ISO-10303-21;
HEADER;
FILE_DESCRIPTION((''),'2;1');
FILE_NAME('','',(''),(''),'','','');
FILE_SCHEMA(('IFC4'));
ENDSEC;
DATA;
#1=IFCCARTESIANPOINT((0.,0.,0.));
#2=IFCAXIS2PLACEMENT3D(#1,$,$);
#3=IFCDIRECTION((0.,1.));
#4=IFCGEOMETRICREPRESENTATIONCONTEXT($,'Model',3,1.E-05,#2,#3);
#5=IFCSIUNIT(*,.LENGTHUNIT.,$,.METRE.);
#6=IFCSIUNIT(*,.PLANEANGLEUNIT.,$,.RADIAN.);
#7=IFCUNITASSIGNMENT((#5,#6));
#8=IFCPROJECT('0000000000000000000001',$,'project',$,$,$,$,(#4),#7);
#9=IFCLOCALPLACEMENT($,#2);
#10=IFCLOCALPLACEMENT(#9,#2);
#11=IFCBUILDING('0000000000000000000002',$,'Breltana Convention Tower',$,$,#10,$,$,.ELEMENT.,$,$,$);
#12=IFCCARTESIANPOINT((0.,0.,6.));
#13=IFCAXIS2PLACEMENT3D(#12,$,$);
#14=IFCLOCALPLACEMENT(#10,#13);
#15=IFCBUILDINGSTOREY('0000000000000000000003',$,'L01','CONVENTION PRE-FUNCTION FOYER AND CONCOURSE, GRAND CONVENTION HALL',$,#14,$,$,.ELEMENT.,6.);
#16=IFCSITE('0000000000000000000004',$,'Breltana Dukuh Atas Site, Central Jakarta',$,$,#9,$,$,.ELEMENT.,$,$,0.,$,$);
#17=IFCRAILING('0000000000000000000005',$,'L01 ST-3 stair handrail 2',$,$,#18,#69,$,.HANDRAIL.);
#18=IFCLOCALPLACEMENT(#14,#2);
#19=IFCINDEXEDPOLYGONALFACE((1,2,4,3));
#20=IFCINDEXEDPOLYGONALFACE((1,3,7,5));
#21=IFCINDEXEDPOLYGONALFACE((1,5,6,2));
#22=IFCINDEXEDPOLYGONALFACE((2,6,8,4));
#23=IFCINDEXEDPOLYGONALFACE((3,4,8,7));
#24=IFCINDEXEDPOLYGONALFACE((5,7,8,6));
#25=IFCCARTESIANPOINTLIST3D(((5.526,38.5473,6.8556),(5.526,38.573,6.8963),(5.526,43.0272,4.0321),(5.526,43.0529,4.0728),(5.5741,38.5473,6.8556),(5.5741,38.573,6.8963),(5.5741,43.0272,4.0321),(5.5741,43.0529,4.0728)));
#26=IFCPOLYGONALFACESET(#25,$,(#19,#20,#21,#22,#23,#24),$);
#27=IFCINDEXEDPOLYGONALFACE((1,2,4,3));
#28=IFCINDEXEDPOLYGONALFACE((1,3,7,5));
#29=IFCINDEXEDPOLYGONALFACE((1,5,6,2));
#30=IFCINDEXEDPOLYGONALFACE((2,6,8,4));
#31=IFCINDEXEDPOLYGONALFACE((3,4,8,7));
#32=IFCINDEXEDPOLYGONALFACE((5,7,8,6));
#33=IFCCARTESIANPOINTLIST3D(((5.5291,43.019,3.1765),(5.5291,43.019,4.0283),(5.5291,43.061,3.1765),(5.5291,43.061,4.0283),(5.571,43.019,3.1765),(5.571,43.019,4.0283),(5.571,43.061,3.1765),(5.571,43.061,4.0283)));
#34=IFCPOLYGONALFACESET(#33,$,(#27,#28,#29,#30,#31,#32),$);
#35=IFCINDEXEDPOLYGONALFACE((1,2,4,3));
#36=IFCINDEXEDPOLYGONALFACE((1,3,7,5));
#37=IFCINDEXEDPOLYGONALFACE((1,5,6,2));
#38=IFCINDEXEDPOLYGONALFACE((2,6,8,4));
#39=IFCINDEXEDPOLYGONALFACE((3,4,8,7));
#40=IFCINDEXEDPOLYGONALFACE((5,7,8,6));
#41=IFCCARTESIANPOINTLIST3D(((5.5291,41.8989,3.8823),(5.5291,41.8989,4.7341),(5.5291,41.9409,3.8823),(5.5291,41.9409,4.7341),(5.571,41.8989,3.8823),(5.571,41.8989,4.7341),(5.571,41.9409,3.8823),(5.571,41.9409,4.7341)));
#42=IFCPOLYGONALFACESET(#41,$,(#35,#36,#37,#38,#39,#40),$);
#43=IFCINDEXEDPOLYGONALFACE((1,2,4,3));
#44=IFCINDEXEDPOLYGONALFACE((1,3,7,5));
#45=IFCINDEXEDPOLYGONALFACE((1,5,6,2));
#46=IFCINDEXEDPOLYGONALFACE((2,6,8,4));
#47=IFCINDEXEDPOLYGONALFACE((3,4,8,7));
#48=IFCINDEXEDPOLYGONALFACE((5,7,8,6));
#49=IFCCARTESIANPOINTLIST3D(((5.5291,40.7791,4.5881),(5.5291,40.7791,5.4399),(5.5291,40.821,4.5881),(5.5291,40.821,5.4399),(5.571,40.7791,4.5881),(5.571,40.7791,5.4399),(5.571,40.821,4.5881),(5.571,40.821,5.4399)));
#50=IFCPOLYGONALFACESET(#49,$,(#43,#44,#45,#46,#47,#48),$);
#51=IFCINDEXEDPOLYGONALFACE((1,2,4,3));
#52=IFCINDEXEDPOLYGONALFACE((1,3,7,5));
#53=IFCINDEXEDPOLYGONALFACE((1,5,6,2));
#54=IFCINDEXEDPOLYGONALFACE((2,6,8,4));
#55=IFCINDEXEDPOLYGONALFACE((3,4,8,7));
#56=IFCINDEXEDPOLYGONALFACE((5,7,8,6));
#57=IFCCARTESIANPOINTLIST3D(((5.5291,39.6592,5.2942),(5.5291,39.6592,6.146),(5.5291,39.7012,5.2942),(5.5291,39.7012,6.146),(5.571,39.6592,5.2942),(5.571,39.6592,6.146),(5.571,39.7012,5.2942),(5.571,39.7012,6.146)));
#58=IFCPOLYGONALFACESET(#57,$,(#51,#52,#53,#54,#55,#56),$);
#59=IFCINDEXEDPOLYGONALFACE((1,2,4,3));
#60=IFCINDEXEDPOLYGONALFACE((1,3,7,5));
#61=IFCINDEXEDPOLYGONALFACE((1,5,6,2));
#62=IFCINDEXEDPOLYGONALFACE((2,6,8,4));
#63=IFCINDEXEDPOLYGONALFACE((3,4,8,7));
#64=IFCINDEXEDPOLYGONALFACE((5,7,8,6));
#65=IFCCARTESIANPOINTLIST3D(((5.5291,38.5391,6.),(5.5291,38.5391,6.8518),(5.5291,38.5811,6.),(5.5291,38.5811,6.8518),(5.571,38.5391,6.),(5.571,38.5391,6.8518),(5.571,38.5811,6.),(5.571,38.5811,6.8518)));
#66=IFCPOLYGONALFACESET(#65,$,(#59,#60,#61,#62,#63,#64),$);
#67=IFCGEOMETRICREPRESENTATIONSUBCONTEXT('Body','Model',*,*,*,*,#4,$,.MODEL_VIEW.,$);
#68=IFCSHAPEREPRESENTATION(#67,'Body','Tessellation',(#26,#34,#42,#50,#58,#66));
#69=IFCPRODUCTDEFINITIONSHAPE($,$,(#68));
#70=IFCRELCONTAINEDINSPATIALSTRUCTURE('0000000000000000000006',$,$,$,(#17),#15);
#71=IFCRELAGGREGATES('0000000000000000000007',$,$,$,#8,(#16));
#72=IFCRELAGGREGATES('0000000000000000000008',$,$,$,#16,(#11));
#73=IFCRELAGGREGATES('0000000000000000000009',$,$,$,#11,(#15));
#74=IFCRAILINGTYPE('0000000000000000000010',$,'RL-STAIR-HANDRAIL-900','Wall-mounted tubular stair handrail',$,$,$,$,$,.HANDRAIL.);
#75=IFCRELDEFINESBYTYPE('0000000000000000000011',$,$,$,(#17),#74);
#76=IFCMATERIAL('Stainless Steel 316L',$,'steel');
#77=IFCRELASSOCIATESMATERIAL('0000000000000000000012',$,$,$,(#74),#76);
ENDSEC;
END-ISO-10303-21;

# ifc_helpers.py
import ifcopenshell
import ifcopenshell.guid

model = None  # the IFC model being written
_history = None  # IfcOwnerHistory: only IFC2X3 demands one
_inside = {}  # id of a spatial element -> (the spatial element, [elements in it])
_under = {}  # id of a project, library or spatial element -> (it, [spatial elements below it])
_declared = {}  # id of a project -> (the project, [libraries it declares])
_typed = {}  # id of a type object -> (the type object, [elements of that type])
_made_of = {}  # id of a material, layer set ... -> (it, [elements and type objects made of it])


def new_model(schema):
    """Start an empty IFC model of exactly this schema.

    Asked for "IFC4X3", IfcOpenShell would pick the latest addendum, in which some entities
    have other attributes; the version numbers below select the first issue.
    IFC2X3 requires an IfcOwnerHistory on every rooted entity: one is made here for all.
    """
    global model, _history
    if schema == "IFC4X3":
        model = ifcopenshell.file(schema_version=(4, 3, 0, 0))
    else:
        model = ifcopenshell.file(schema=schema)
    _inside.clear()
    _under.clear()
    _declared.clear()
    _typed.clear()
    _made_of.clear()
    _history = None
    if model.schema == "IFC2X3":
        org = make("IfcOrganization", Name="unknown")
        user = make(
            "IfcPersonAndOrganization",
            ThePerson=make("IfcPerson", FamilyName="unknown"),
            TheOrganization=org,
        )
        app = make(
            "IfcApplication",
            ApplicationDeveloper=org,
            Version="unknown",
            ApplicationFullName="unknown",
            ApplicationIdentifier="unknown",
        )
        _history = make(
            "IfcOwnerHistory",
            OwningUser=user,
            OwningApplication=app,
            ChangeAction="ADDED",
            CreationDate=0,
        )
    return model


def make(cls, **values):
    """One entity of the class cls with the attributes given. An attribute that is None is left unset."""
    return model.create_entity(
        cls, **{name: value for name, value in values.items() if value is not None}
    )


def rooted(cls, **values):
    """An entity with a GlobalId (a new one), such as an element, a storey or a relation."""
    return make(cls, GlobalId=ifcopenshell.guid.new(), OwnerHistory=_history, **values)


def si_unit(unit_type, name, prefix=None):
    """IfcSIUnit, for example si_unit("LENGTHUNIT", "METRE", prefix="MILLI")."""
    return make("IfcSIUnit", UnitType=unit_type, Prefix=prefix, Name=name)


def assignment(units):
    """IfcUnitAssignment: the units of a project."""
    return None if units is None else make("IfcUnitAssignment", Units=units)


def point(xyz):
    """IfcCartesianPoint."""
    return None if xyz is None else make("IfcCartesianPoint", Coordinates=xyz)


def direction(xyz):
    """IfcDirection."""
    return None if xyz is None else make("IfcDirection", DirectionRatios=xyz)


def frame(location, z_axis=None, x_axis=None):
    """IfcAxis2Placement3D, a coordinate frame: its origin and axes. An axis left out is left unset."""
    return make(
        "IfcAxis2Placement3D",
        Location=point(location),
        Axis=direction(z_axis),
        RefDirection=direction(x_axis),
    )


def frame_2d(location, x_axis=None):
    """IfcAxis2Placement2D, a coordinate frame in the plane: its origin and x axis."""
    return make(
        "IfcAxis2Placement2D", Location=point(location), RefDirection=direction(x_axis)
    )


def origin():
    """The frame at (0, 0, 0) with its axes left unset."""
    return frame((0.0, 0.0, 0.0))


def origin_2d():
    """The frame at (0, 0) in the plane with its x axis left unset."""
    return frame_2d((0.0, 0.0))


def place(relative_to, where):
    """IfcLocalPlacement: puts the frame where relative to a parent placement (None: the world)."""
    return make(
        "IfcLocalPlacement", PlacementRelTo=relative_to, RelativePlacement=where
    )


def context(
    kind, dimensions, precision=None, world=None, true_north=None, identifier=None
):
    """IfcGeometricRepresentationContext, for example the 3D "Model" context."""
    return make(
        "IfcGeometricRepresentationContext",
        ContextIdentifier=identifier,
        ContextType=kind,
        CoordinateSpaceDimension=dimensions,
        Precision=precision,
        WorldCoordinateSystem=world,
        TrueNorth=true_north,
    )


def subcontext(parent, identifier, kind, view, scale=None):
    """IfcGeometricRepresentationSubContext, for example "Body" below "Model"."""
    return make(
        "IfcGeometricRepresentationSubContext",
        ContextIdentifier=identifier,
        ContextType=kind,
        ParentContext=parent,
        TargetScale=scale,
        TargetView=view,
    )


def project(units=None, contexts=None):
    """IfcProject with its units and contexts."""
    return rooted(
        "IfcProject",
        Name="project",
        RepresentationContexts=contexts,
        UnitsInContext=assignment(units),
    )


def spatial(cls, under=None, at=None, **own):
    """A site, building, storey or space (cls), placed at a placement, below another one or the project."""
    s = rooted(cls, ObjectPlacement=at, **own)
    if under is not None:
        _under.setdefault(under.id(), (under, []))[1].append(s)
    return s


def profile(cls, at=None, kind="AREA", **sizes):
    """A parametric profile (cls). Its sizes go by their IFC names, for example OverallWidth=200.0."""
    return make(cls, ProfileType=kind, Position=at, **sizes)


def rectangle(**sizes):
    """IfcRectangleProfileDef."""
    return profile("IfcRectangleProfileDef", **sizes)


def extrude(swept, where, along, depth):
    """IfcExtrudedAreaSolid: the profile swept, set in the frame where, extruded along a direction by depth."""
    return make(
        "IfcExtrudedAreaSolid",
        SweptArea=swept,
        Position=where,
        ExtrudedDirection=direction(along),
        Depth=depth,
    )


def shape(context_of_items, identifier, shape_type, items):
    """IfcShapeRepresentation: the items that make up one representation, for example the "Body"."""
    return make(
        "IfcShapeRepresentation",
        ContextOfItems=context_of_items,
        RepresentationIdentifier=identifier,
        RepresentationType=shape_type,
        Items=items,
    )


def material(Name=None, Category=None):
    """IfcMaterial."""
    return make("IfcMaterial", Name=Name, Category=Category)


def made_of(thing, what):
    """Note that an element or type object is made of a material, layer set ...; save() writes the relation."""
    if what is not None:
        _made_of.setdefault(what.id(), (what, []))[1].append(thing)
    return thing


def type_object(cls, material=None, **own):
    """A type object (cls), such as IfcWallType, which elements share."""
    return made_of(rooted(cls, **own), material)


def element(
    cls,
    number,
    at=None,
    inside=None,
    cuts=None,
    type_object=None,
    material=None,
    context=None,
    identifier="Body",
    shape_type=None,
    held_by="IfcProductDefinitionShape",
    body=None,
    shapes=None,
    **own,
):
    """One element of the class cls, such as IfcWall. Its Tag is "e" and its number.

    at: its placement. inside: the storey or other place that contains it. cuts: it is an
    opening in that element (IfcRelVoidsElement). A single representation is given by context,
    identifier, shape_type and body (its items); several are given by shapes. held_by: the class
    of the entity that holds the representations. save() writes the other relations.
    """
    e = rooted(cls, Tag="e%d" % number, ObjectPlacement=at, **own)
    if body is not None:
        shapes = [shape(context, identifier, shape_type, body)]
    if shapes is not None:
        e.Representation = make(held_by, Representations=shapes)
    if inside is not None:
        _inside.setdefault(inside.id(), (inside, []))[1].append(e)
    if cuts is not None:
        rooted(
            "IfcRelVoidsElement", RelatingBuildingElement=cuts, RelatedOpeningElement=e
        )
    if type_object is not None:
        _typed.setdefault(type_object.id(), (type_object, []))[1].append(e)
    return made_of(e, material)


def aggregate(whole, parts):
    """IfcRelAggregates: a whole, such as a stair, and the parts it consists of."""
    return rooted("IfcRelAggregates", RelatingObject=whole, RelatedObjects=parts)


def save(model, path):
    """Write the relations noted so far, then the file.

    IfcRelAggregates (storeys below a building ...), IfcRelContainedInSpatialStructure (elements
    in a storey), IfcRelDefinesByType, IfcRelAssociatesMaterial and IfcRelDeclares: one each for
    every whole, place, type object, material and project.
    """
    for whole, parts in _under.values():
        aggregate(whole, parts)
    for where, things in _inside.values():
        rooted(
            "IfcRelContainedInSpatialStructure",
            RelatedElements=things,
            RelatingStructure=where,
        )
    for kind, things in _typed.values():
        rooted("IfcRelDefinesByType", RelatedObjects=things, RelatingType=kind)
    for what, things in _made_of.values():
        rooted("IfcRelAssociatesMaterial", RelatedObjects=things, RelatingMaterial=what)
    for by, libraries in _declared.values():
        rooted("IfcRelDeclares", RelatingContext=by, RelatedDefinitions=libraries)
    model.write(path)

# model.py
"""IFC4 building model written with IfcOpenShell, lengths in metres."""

from ifc_helpers import new_model, si_unit, direction, frame, origin, origin_2d, place, context, subcontext, project, spatial, rectangle, extrude, material, type_object, element, save


model = new_model("IFC4")

# Units and contexts
model_context = context("Model", 3, precision=1e-05, world=origin(), true_north=direction((0.0, 1.0)))
body_context = subcontext(model_context, "Body", "Model", "MODEL_VIEW")
ifc_project = project(units=[si_unit("LENGTHUNIT", "METRE"), si_unit("PLANEANGLEUNIT", "RADIAN")], contexts=[model_context])

# Site, building, storey
site_placement = place(None, origin())
site = spatial("IfcSite", under=ifc_project, at=site_placement, Name="Breltana Dukuh Atas Site, Central Jakarta", CompositionType="ELEMENT", RefElevation=0.0)
building_placement = place(site_placement, origin())
building = spatial("IfcBuilding", under=site, at=building_placement, Name="Breltana Convention Tower", CompositionType="ELEMENT")
storey_placement = place(building_placement, frame((0.0, 0.0, 6.0)))
storey = spatial("IfcBuildingStorey", under=building, at=storey_placement, Name="L01", Description="CONVENTION PRE-FUNCTION FOYER AND CONCOURSE, GRAND CONVENTION HALL", CompositionType="ELEMENT", Elevation=6.0)

# Railing
ifc_material_1 = material(Name="Stainless Steel 316L", Category="steel")
railing_type_1 = type_object("IfcRailingType", Name="RL-STAIR-HANDRAIL-900", Description="Wall-mounted tubular stair handrail", PredefinedType="HANDRAIL", material=ifc_material_1)
railing_1_placement = place(storey_placement, frame((5.55, 43.04, 3.1765)))
element("IfcRailing", 1, at=railing_1_placement, inside=storey, type_object=railing_type_1, Name="L01 ST-3 stair handrail 2", PredefinedType="HANDRAIL", context=body_context, shape_type="SweptSolid", body=[
    extrude(rectangle(XDim=0.0481, YDim=0.0481, at=origin_2d()), frame((0.0, 0.0, 0.876), z_axis=(0.0, -0.845998, 0.533186), x_axis=(1.0, 0.0, 0.0)), (0.0, 0.0, 1.0), 5.2954),
    extrude(rectangle(XDim=0.042, YDim=0.042, at=origin_2d()), origin(), (0.0, 0.0, 1.0), 0.8518),
    extrude(rectangle(XDim=0.042, YDim=0.042, at=origin_2d()), frame((0.0, -1.1201, 0.7058)), (0.0, 0.0, 1.0), 0.8518),
    extrude(rectangle(XDim=0.042, YDim=0.042, at=origin_2d()), frame((0.0, -2.24, 1.4116)), (0.0, 0.0, 1.0), 0.8518),
    extrude(rectangle(XDim=0.042, YDim=0.042, at=origin_2d()), frame((0.0, -3.3599, 2.1177)), (0.0, 0.0, 1.0), 0.8518),
    extrude(rectangle(XDim=0.042, YDim=0.042, at=origin_2d()), frame((0.0, -4.48, 2.8235)), (0.0, 0.0, 1.0), 0.8518),
])

save(model, "model.ifc")
